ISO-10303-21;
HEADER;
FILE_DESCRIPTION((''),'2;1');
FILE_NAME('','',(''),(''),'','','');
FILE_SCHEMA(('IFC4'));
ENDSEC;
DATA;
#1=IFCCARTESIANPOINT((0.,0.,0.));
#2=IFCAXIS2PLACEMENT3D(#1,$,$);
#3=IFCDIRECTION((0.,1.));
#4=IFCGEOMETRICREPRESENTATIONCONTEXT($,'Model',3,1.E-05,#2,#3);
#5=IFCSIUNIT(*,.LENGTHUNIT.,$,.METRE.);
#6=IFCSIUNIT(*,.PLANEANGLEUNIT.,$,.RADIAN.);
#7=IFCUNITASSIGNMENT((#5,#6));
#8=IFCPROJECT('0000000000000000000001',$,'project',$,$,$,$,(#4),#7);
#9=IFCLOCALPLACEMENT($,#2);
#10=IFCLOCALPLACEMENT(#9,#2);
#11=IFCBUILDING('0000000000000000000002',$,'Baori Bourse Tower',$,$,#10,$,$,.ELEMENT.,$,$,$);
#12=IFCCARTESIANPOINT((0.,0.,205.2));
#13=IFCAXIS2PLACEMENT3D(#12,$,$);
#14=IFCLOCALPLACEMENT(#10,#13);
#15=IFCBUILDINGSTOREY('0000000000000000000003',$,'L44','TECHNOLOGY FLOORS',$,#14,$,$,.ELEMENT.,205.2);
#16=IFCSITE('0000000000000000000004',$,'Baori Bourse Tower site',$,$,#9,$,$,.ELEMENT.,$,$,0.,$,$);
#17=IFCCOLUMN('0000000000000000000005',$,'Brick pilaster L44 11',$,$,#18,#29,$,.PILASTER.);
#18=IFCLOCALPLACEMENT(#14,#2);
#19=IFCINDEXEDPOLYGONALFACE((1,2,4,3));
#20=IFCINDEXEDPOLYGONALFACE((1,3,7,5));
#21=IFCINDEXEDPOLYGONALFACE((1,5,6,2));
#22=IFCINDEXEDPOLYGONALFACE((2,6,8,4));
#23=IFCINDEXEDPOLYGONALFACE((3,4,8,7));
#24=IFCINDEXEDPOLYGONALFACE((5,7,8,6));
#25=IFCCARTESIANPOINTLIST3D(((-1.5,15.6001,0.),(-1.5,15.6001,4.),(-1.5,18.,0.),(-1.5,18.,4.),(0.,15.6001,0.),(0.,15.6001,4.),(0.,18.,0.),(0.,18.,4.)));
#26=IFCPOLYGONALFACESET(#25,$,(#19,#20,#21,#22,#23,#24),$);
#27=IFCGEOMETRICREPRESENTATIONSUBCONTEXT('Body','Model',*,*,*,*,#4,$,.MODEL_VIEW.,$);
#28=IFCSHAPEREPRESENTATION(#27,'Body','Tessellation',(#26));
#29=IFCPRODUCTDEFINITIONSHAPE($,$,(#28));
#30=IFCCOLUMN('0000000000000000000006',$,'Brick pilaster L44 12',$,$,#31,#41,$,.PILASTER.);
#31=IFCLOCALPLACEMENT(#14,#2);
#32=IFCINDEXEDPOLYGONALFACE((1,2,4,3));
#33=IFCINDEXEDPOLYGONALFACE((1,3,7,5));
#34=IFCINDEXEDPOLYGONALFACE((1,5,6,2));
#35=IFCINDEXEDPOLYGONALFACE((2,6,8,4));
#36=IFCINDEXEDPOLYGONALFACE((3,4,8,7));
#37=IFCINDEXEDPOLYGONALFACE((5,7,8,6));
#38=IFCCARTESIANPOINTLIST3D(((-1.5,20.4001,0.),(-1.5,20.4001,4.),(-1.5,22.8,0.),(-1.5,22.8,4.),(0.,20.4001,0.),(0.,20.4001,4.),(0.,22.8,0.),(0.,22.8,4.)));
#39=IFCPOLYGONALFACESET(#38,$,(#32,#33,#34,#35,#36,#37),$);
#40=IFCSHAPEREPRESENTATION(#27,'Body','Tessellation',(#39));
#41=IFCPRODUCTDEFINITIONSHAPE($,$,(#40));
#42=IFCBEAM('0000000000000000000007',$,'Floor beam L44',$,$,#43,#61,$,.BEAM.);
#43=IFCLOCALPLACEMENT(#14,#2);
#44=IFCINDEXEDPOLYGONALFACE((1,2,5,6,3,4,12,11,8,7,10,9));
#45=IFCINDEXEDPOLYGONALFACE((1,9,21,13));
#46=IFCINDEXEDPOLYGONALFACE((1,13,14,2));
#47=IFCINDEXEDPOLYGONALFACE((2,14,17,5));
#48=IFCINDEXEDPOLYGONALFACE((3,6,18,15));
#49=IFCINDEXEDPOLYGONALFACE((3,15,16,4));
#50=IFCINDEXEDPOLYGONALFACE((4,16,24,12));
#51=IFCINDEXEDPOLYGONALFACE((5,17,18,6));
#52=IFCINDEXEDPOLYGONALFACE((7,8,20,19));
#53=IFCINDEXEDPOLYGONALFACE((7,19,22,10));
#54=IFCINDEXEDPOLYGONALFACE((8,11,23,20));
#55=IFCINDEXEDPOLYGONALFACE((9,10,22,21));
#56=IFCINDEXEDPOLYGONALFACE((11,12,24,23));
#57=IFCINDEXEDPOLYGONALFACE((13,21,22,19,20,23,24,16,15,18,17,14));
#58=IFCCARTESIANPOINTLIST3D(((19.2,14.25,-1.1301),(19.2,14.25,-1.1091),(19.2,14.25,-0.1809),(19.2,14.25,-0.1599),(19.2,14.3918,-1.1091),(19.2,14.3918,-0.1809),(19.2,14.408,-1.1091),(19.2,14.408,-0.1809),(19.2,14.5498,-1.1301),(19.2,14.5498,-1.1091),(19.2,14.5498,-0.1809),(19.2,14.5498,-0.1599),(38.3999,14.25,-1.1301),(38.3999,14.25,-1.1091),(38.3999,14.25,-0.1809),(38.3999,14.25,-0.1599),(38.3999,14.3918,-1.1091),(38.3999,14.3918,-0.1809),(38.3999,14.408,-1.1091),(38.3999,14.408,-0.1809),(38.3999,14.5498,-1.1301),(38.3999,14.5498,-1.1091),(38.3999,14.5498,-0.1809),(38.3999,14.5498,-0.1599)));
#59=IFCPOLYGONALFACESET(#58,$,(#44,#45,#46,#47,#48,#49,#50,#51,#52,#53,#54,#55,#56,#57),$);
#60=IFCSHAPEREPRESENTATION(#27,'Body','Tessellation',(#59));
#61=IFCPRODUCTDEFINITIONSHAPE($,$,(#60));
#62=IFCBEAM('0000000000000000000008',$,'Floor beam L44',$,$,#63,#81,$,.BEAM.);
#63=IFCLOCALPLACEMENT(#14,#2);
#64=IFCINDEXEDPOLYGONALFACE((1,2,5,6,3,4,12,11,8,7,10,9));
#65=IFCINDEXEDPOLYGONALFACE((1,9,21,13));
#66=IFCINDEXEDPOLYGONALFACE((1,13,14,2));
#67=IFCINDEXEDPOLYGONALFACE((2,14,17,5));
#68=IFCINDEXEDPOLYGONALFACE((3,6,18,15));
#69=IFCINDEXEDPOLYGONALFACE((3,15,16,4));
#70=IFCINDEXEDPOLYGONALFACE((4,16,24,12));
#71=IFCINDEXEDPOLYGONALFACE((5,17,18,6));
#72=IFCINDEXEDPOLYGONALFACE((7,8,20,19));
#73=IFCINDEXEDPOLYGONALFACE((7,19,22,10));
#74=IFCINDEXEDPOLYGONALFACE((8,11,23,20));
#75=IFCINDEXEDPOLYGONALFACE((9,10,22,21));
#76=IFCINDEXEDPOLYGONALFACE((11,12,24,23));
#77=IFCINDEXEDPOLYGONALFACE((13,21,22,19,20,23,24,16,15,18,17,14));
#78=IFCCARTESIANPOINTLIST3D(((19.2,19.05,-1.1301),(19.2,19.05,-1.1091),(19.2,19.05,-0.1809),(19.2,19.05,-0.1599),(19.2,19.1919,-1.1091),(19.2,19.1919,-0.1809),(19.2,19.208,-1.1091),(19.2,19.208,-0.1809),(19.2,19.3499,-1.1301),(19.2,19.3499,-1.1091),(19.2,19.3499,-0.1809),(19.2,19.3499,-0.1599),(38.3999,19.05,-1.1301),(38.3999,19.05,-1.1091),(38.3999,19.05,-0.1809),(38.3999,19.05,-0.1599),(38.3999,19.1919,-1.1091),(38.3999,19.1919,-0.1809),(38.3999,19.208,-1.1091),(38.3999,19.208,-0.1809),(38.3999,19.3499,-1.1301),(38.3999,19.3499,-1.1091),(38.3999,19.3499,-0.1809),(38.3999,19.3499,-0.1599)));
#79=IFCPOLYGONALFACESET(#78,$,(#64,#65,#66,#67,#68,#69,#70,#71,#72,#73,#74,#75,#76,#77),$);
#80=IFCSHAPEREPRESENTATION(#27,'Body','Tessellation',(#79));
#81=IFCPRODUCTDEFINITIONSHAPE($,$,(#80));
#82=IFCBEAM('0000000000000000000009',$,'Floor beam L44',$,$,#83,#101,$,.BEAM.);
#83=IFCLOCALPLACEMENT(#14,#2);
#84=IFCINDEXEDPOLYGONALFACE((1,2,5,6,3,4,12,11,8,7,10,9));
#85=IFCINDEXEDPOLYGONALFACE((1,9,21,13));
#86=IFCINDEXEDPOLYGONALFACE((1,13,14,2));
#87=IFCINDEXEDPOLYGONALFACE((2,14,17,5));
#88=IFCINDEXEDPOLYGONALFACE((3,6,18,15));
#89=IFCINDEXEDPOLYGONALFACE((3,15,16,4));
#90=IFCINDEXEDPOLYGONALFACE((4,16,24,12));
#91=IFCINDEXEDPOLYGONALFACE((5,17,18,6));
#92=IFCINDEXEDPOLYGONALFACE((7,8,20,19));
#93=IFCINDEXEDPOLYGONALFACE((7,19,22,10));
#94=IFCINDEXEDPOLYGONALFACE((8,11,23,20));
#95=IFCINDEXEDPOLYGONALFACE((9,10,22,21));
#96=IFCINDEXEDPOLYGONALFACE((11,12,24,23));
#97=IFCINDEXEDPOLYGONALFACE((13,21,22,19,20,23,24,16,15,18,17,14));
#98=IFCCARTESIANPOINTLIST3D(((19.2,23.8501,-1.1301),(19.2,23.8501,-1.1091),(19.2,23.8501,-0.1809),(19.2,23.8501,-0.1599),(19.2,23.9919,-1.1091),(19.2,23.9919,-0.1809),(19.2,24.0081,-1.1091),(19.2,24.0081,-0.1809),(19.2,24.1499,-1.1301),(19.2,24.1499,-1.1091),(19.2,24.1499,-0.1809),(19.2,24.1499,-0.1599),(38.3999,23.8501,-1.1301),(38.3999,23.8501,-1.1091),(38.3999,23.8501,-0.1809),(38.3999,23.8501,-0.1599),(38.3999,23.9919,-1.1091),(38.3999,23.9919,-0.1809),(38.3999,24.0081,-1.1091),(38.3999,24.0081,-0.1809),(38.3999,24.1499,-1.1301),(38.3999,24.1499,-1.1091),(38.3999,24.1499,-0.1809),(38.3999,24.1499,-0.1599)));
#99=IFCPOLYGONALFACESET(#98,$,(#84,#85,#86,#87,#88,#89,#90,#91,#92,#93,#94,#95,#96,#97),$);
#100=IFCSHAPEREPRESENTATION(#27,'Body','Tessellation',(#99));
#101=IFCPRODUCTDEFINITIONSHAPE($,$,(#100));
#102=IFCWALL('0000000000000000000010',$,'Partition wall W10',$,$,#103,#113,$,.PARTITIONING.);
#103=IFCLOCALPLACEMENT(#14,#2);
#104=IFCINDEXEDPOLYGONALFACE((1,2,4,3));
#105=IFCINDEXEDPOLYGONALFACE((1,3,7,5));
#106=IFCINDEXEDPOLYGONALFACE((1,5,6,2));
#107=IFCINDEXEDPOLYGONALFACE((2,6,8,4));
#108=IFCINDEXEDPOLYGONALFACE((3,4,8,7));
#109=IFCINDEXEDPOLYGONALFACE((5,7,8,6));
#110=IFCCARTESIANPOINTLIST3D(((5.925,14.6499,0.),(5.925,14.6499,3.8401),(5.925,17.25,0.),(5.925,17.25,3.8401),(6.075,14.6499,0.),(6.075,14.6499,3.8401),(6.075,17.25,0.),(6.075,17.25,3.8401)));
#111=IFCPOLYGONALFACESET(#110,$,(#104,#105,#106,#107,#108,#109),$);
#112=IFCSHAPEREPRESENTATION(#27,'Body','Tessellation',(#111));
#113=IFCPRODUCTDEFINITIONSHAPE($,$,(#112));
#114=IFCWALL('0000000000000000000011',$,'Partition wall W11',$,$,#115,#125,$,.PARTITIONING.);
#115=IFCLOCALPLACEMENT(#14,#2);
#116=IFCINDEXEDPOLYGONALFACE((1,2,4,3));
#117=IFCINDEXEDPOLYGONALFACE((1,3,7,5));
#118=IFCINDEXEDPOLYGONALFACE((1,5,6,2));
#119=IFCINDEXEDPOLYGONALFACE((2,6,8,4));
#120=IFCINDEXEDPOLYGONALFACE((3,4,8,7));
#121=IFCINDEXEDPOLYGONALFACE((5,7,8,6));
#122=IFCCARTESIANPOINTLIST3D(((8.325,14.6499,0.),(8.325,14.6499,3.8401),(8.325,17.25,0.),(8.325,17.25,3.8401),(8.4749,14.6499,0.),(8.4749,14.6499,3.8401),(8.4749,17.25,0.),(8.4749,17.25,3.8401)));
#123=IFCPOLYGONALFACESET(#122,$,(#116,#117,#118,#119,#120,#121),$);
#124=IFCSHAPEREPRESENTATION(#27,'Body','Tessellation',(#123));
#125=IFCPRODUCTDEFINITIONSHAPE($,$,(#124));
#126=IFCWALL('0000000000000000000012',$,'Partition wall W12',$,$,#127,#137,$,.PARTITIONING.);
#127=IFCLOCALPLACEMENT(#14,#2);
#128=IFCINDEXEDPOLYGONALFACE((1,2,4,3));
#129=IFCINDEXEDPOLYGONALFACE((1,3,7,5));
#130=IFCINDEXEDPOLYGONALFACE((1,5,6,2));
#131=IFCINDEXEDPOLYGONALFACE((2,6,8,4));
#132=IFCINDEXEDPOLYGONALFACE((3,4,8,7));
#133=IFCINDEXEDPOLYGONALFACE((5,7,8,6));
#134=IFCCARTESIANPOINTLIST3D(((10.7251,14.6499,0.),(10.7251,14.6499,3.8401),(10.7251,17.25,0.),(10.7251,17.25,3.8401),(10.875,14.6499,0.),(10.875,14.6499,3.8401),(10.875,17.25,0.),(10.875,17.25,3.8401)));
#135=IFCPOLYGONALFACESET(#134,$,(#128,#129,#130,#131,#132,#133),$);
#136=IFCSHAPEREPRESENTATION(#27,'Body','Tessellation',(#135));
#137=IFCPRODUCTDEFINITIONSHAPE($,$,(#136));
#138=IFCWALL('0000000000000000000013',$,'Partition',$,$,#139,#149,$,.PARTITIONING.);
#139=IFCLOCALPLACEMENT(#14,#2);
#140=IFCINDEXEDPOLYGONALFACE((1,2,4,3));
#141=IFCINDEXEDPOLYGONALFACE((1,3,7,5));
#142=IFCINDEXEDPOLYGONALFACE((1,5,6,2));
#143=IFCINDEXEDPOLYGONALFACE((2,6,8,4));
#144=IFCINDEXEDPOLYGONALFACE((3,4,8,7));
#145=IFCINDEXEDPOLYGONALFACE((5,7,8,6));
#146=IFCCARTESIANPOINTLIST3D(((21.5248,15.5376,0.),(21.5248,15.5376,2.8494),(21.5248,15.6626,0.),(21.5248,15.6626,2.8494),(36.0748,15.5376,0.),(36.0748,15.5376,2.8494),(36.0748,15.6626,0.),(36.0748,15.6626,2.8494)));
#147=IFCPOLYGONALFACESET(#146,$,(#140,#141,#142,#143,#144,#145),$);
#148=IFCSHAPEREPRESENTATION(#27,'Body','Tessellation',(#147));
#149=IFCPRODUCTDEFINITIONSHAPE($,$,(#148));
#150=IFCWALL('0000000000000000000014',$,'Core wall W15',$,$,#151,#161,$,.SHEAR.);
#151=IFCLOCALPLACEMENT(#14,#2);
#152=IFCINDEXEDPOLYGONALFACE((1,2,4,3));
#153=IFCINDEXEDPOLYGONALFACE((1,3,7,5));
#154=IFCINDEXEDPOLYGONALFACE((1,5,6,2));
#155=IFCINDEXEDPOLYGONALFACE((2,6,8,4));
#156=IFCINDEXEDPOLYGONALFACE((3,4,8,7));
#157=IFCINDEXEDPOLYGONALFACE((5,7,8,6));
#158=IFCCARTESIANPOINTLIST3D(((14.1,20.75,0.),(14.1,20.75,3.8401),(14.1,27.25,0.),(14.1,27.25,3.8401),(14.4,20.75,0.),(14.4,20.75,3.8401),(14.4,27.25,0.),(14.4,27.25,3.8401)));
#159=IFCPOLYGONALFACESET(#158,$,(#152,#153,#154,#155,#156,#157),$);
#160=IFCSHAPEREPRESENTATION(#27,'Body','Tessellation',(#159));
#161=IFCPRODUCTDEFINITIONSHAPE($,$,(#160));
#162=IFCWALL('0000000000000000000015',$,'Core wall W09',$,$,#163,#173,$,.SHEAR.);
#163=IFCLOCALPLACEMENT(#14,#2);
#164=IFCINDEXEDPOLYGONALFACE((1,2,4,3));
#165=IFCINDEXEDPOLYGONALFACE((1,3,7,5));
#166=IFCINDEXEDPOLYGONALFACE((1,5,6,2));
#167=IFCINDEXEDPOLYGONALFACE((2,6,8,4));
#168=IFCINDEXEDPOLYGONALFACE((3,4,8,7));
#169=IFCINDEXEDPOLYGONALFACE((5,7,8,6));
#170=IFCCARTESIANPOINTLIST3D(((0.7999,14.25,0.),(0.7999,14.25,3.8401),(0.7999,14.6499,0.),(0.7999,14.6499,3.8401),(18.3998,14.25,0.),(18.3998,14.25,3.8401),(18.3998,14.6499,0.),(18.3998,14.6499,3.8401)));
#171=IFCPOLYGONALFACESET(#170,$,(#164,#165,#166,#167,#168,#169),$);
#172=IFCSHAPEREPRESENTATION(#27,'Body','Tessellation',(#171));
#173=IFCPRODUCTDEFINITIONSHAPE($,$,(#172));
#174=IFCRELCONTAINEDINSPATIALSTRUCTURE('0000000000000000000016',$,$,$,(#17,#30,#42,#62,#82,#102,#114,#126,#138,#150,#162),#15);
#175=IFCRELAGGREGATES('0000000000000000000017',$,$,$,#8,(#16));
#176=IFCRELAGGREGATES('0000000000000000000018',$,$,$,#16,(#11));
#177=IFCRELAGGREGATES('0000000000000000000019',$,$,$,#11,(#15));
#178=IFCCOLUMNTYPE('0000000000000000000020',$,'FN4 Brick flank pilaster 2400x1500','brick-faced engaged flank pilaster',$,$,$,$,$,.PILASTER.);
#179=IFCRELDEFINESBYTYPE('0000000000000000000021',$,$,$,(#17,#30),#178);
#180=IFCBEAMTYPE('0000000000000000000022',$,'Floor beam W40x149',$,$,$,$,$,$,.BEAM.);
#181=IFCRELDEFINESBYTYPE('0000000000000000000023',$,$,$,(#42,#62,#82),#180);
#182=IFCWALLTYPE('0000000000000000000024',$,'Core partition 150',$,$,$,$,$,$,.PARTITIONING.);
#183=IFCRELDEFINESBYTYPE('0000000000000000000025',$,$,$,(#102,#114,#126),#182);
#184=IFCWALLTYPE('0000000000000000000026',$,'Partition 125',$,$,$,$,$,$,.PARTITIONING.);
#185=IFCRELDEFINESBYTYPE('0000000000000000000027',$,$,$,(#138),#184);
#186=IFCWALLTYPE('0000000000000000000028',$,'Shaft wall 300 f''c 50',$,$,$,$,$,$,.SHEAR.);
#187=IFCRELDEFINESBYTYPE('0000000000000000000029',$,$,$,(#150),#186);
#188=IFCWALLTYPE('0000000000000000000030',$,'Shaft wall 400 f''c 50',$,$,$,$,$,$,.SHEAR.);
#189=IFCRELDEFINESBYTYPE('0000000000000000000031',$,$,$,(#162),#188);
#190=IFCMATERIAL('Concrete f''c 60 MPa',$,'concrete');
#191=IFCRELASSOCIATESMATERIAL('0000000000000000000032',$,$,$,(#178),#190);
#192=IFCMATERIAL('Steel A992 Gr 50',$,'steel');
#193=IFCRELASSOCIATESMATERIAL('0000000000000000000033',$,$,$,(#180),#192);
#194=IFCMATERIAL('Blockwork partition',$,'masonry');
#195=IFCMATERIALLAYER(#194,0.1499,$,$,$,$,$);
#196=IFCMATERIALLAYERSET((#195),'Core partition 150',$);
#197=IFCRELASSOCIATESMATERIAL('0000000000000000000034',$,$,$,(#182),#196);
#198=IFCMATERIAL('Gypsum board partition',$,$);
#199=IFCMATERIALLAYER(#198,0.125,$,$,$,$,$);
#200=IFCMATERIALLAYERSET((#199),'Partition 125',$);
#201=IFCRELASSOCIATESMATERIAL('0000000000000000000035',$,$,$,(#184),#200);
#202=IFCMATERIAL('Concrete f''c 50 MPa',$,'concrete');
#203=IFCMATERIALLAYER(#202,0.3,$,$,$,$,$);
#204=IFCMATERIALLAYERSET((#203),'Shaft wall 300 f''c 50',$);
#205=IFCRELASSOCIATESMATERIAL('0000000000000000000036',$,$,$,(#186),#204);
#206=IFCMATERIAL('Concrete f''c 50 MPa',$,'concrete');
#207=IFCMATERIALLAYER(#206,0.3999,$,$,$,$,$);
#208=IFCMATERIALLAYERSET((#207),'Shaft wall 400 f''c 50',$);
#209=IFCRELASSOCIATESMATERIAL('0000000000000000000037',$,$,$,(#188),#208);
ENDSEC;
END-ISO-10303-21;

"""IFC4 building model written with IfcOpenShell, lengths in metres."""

from ifc_helpers import new_model, si_unit, direction, frame, frame_2d, origin, origin_2d, place, context, subcontext, project, spatial, rectangle, i_section, extrude, material, layer, layer_set, material_profile, profile_set, type_object, element, save


model = new_model("IFC4")

# Units and contexts
model_context = context("Model", 3, precision=1e-05, world=origin(), true_north=direction((0.0, 1.0)))
body_context = subcontext(model_context, "Body", "Model", "MODEL_VIEW")
ifc_project = project(units=[si_unit("LENGTHUNIT", "METRE"), si_unit("PLANEANGLEUNIT", "RADIAN")], contexts=[model_context])

# Site, building, storey
site_placement = place(None, origin())
site = spatial("IfcSite", under=ifc_project, at=site_placement, Name="Baori Bourse Tower site", CompositionType="ELEMENT", RefElevation=0.0)
building_placement = place(site_placement, origin())
building = spatial("IfcBuilding", under=site, at=building_placement, Name="Baori Bourse Tower", CompositionType="ELEMENT")
storey_placement = place(building_placement, frame((0.0, 0.0, 205.2)))
storey = spatial("IfcBuildingStorey", under=building, at=storey_placement, Name="L44", Description="TECHNOLOGY FLOORS", CompositionType="ELEMENT", Elevation=205.2)

# Columns
ifc_material_1 = material(Name="Concrete f'c 60 MPa", Category="concrete")
ifc_material_profile_1 = material_profile(ifc_material_1, rectangle(XDim=2.3999, YDim=1.5, at=origin_2d()), Name="RC 2400x1500")
ifc_profile_set_1 = profile_set([ifc_material_profile_1], Name="Concrete f'c 60 MPa")
column_type = type_object("IfcColumnType", Name="FN4 Brick flank pilaster 2400x1500", Description="brick-faced engaged flank pilaster", PredefinedType="PILASTER", material=ifc_profile_set_1)
for number, where, z_axis, x_axis, name in (
    (1, (-0.75, 16.8, 0.0), (0.0, 0.0, 1.0), (0.0, 1.0, 0.0), "Brick pilaster L44 11"),
    (2, (-0.75, 21.6001, 0.0), (0.0, 0.0, 1.0), (0.0, 1.0, 0.0), "Brick pilaster L44 12"),
):
    element("IfcColumn", number, at=place(storey_placement, frame(where, z_axis=z_axis, x_axis=x_axis)), inside=storey, type_object=column_type, Name=name, PredefinedType="PILASTER", context=body_context, shape_type="SweptSolid", body=[
        extrude(rectangle(XDim=2.3999, YDim=1.5, at=origin_2d()), origin(), (0.0, 0.0, 1.0), 4.0),
    ])

# Beams
ifc_material_2 = material(Name="Steel A992 Gr 50", Category="steel")
ifc_material_profile_2 = material_profile(ifc_material_2, i_section(OverallWidth=0.2998, OverallDepth=0.9702, WebThickness=0.0161, FlangeThickness=0.021, at=origin_2d()), Name="W40x149")
ifc_profile_set_2 = profile_set([ifc_material_profile_2], Name="Steel A992 Gr 50")
beam_type = type_object("IfcBeamType", Name="Floor beam W40x149", PredefinedType="BEAM", material=ifc_profile_set_2)
for number, where, z_axis, x_axis, name in (
    (3, (19.2, 14.3999, -0.645), (1.0, 0.0, 0.0), (0.0, 1.0, 0.0), "Floor beam L44"),
    (4, (19.2, 19.2, -0.645), (1.0, 0.0, 0.0), (0.0, 1.0, 0.0), "Floor beam L44"),
    (5, (19.2, 24.0, -0.645), (1.0, 0.0, 0.0), (0.0, 1.0, 0.0), "Floor beam L44"),
):
    element("IfcBeam", number, at=place(storey_placement, frame(where, z_axis=z_axis, x_axis=x_axis)), inside=storey, type_object=beam_type, Name=name, PredefinedType="BEAM", context=body_context, shape_type="SweptSolid", body=[
        extrude(i_section(OverallWidth=0.2998, OverallDepth=0.9702, WebThickness=0.0161, FlangeThickness=0.021, at=origin_2d()), origin(), (0.0, 0.0, 1.0), 19.2),
    ])

# Walls
ifc_material_3 = material(Name="Blockwork partition", Category="masonry")
ifc_layer_1 = layer(ifc_material_3, 0.1499)
ifc_layer_set_1 = layer_set([ifc_layer_1], Name="Core partition 150")
wall_type_1 = type_object("IfcWallType", Name="Core partition 150", PredefinedType="PARTITIONING", material=ifc_layer_set_1)
for number, where, z_axis, x_axis, name in (
    (6, (6.0, 14.6499, 0.0), (0.0, 0.0, 1.0), (0.0, 1.0, 0.0), "Partition wall W10"),
    (7, (8.3999, 14.6499, 0.0), (0.0, 0.0, 1.0), (0.0, 1.0, 0.0), "Partition wall W11"),
    (8, (10.8, 14.6499, 0.0), (0.0, 0.0, 1.0), (0.0, 1.0, 0.0), "Partition wall W12"),
):
    element("IfcWall", number, at=place(storey_placement, frame(where, z_axis=z_axis, x_axis=x_axis)), inside=storey, type_object=wall_type_1, Name=name, PredefinedType="PARTITIONING", context=body_context, shape_type="SweptSolid", body=[
        extrude(rectangle(XDim=2.6001, YDim=0.1499, at=frame_2d((1.3, 0.0))), origin(), (0.0, 0.0, 1.0), 3.8401),
    ])
ifc_material_4 = material(Name="Gypsum board partition")
ifc_layer_2 = layer(ifc_material_4, 0.125)
ifc_layer_set_2 = layer_set([ifc_layer_2], Name="Partition 125")
wall_type_2 = type_object("IfcWallType", Name="Partition 125", PredefinedType="PARTITIONING", material=ifc_layer_set_2)
wall_1_placement = place(storey_placement, frame((21.5249, 15.6001, 0.0), z_axis=(0.0, 0.0, 1.0), x_axis=(1.0, 0.0, 0.0)))
element("IfcWall", 9, at=wall_1_placement, inside=storey, type_object=wall_type_2, Name="Partition", PredefinedType="PARTITIONING", context=body_context, shape_type="SweptSolid", body=[
    extrude(rectangle(XDim=14.55, YDim=0.125, at=frame_2d((7.2749, 0.0))), origin(), (0.0, 0.0, 1.0), 2.8494),
])
ifc_material_5 = material(Name="Concrete f'c 50 MPa", Category="concrete")
ifc_layer_3 = layer(ifc_material_5, 0.3)
ifc_layer_set_3 = layer_set([ifc_layer_3], Name="Shaft wall 300 f'c 50")
wall_type_3 = type_object("IfcWallType", Name="Shaft wall 300 f'c 50", PredefinedType="SHEAR", material=ifc_layer_set_3)
wall_2_placement = place(storey_placement, frame((14.25, 20.75, 0.0), z_axis=(0.0, 0.0, 1.0), x_axis=(0.0, 1.0, 0.0)))
element("IfcWall", 10, at=wall_2_placement, inside=storey, type_object=wall_type_3, Name="Core wall W15", PredefinedType="SHEAR", context=body_context, shape_type="SweptSolid", body=[
    extrude(rectangle(XDim=6.5, YDim=0.3, at=frame_2d((3.25, 0.0))), origin(), (0.0, 0.0, 1.0), 3.8401),
])
ifc_material_6 = material(Name="Concrete f'c 50 MPa", Category="concrete")
ifc_layer_4 = layer(ifc_material_6, 0.3999)
ifc_layer_set_4 = layer_set([ifc_layer_4], Name="Shaft wall 400 f'c 50")
wall_type_4 = type_object("IfcWallType", Name="Shaft wall 400 f'c 50", PredefinedType="SHEAR", material=ifc_layer_set_4)
wall_3_placement = place(storey_placement, frame((0.8, 14.45, 0.0), z_axis=(0.0, 0.0, 1.0), x_axis=(1.0, 0.0, 0.0)))
element("IfcWall", 11, at=wall_3_placement, inside=storey, type_object=wall_type_4, Name="Core wall W09", PredefinedType="SHEAR", context=body_context, shape_type="SweptSolid", body=[
    extrude(rectangle(XDim=17.5999, YDim=0.3999, at=frame_2d((8.7998, 0.0))), origin(), (0.0, 0.0, 1.0), 3.8401),
])

save(model, "model.ifc")
